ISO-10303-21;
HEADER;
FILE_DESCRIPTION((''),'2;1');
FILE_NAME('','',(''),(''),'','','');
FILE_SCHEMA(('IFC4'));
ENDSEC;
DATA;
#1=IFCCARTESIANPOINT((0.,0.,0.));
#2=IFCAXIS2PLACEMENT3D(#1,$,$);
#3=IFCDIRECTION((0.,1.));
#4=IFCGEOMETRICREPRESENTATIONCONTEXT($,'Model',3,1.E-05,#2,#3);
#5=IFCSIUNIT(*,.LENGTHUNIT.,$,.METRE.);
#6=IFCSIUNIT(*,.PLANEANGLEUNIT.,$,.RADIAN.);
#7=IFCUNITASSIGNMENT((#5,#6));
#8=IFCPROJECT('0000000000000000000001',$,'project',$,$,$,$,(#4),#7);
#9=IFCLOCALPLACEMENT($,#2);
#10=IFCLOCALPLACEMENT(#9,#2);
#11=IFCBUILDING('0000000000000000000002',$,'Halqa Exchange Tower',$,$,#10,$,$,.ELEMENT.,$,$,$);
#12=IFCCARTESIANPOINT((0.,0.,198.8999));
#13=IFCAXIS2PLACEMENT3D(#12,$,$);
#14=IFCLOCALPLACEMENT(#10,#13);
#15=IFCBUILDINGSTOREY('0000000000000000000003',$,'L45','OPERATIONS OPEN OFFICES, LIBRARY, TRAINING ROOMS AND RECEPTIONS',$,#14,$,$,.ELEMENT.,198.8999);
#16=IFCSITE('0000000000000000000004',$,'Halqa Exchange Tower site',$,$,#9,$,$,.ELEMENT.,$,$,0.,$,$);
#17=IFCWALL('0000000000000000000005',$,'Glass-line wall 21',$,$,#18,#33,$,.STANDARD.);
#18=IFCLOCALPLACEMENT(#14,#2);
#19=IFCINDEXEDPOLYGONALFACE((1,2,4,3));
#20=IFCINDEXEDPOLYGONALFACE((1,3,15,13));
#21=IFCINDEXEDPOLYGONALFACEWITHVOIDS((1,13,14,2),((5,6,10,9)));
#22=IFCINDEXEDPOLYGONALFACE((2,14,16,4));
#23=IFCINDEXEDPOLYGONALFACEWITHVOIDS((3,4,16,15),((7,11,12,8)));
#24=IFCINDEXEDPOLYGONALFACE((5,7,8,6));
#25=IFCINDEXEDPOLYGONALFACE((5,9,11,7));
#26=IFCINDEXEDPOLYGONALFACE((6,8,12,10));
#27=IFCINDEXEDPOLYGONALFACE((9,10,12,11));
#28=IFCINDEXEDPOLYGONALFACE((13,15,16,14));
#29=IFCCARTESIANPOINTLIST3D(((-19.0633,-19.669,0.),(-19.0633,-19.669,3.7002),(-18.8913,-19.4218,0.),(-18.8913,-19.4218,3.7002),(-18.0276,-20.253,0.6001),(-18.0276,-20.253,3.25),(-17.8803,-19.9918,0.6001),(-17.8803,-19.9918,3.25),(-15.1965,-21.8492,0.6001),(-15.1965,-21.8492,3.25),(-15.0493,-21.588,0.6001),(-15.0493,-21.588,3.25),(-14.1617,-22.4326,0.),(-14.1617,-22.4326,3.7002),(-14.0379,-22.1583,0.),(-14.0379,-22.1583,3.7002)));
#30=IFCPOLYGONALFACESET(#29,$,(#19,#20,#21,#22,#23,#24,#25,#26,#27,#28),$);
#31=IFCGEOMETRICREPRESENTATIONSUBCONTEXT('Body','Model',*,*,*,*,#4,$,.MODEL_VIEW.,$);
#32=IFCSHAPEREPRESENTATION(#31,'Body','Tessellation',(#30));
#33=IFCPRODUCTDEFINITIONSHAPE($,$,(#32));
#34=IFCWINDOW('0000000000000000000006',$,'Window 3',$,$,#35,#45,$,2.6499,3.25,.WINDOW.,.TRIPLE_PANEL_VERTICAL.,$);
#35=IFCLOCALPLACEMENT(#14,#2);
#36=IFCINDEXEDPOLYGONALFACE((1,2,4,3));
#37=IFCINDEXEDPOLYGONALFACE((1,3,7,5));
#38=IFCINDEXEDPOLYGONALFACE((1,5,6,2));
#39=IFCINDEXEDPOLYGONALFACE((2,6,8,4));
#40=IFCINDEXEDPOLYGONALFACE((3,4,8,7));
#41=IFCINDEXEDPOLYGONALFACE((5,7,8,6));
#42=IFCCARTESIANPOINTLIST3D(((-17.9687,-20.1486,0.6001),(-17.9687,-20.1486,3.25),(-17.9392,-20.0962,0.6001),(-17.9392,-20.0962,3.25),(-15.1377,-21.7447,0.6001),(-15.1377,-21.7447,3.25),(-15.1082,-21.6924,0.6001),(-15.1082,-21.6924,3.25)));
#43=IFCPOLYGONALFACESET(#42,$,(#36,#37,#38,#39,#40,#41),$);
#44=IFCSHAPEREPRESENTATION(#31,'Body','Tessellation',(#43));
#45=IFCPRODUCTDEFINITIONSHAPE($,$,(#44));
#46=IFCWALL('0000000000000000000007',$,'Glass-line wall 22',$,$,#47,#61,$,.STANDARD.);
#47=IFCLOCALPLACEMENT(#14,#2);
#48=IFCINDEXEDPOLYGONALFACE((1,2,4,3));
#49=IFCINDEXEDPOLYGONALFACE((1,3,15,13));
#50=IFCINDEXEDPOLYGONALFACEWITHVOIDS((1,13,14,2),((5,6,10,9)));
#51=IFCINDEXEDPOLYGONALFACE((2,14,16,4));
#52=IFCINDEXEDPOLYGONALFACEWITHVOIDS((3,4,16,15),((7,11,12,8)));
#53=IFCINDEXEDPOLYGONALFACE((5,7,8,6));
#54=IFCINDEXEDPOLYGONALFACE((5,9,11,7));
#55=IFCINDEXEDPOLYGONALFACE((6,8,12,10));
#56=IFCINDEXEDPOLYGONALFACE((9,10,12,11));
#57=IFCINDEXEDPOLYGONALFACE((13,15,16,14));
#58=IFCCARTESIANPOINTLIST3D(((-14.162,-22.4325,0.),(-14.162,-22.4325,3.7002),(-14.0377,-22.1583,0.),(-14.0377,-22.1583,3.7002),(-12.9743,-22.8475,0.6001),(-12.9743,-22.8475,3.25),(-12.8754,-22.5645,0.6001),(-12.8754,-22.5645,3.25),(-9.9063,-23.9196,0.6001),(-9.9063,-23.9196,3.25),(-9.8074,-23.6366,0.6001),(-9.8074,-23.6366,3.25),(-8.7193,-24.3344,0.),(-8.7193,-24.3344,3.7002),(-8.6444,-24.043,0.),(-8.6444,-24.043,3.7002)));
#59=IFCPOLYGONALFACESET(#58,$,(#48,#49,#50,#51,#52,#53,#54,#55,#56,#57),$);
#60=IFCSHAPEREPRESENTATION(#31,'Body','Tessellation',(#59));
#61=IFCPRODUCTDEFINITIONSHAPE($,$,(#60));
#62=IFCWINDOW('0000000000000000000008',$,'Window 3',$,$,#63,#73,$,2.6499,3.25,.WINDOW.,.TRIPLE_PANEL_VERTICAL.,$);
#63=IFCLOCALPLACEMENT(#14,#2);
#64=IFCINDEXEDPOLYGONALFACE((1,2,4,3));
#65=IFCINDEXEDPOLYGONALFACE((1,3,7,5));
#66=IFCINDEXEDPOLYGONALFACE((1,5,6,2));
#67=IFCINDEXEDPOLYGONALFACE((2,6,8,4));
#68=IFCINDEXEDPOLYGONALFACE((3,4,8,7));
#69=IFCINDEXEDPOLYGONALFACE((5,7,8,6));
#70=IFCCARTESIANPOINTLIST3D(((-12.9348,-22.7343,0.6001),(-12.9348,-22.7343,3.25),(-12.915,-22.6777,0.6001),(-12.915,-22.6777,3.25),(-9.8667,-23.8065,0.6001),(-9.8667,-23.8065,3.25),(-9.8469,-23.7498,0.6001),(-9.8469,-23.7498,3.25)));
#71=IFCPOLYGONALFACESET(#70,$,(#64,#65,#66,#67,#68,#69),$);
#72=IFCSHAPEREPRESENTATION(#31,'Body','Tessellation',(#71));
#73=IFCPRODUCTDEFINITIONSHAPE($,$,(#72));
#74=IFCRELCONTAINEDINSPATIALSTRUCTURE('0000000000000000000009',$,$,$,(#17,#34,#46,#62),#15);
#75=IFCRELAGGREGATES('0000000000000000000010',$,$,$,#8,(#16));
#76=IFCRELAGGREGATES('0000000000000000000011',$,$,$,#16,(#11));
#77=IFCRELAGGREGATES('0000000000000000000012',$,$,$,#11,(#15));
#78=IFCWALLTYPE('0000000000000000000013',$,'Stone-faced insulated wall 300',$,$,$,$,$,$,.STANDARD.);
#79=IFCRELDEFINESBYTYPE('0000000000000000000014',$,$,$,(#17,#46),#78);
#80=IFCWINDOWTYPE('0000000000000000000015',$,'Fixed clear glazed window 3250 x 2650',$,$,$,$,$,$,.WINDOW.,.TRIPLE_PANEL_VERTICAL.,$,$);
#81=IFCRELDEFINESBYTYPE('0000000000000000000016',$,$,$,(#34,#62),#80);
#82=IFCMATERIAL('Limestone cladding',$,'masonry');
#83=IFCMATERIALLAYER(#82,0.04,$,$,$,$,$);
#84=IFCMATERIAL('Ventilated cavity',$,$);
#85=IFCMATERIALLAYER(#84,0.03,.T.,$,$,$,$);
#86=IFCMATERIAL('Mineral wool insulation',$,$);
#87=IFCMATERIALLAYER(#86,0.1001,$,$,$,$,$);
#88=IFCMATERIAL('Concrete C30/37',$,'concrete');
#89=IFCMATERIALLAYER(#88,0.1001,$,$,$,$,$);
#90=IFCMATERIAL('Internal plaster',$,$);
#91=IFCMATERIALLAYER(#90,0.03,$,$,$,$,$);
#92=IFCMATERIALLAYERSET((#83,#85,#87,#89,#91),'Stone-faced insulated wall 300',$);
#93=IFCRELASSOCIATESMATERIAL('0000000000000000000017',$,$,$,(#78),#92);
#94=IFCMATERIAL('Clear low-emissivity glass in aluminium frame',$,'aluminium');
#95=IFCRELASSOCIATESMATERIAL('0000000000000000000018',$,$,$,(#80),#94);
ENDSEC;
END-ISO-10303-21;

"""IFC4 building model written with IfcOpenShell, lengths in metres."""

from ifc_helpers import new_model, si_unit, direction, frame, frame_2d, origin, place, context, subcontext, project, spatial, polyline, rectangle, outline, extrude, material, layer, layer_set, type_object, element, fill, save


model = new_model("IFC4")

# Units and contexts
model_context = context("Model", 3, precision=1e-05, world=origin(), true_north=direction((0.0, 1.0)))
body_context = subcontext(model_context, "Body", "Model", "MODEL_VIEW")
ifc_project = project(units=[si_unit("LENGTHUNIT", "METRE"), si_unit("PLANEANGLEUNIT", "RADIAN")], contexts=[model_context])

# Site, building, storey
site_placement = place(None, origin())
site = spatial("IfcSite", under=ifc_project, at=site_placement, Name="Halqa Exchange Tower site", CompositionType="ELEMENT", RefElevation=0.0)
building_placement = place(site_placement, origin())
building = spatial("IfcBuilding", under=site, at=building_placement, Name="Halqa Exchange Tower", CompositionType="ELEMENT")
storey_placement = place(building_placement, frame((0.0, 0.0, 198.8999)))
storey = spatial("IfcBuildingStorey", under=building, at=storey_placement, Name="L45", Description="OPERATIONS OPEN OFFICES, LIBRARY, TRAINING ROOMS AND RECEPTIONS", CompositionType="ELEMENT", Elevation=198.8999)

# Shared definitions
ifc_material_1 = material(Name="Limestone cladding", Category="masonry")
ifc_layer_1 = layer(ifc_material_1, 0.04)
ifc_material_2 = material(Name="Ventilated cavity")
ifc_layer_2 = layer(ifc_material_2, 0.03, ventilated=True)
ifc_material_3 = material(Name="Mineral wool insulation")
ifc_layer_3 = layer(ifc_material_3, 0.1001)
ifc_material_4 = material(Name="Concrete C30/37", Category="concrete")
ifc_layer_4 = layer(ifc_material_4, 0.1001)
ifc_material_5 = material(Name="Internal plaster")
ifc_layer_5 = layer(ifc_material_5, 0.03)
ifc_layer_set_1 = layer_set([ifc_layer_1, ifc_layer_2, ifc_layer_3, ifc_layer_4, ifc_layer_5], Name="Stone-faced insulated wall 300")
wall_type_1 = type_object("IfcWallType", Name="Stone-faced insulated wall 300", PredefinedType="STANDARD", material=ifc_layer_set_1)
ifc_material_6 = material(Name="Clear low-emissivity glass in aluminium frame", Category="aluminium")

# Walls, openings, windows
wall_1_placement = place(storey_placement, frame((-18.9773, -19.5454, 0.0), z_axis=(0.0, 0.0, 1.0), x_axis=(0.871084, -0.491135, 0.0)))
wall_1 = element("IfcWall", 1, at=wall_1_placement, inside=storey, type_object=wall_type_1, Name="Glass-line wall 21", PredefinedType="STANDARD", context=body_context, shape_type="SweptSolid", body=[
    extrude(outline(polyline([(-0.0142, -0.1499), (5.6128, -0.1499), (5.5859, 0.1499), (0.0142, 0.1499), (-0.0142, -0.1499)])), origin(), (0.0, 0.0, 1.0), 3.7002),
])
opening_1_placement = place(wall_1_placement, frame((1.1748, 0.0, 0.6001)))
opening_1 = element("IfcOpeningElement", 2, at=opening_1_placement, cuts=wall_1, PredefinedType="OPENING", context=body_context, shape_type="SweptSolid", body=[
    extrude(rectangle(XDim=3.25, YDim=2.6499, at=frame_2d((1.625, 1.325))), frame((0.0, 0.1621, 0.0), z_axis=(0.0, -1.0, 0.0), x_axis=(1.0, 0.0, 0.0)), (0.0, 0.0, 1.0), 0.324),
])
window_type = type_object("IfcWindowType", Name="Fixed clear glazed window 3250 x 2650", PartitioningType="TRIPLE_PANEL_VERTICAL", PredefinedType="WINDOW", material=ifc_material_6)
window_1_placement = place(opening_1_placement, origin())
window_1 = element("IfcWindow", 3, at=window_1_placement, inside=storey, type_object=window_type, Name="Window 3", OverallHeight=2.6499, OverallWidth=3.25, PartitioningType="TRIPLE_PANEL_VERTICAL", PredefinedType="WINDOW", context=body_context, shape_type="SweptSolid", body=[
    extrude(rectangle(XDim=3.25, YDim=2.6499, at=frame_2d((1.625, 1.325))), frame((0.0, 0.03, 0.0), z_axis=(0.0, -1.0, 0.0), x_axis=(1.0, 0.0, 0.0)), (0.0, 0.0, 1.0), 0.0601),
])
fill(opening_1, window_1)
wall_2_placement = place(storey_placement, frame((-14.0999, -22.2954, 0.0), z_axis=(0.0, 0.0, 1.0), x_axis=(0.94402, -0.329888, 0.0)))
wall_2 = element("IfcWall", 4, at=wall_2_placement, inside=storey, type_object=wall_type_1, Name="Glass-line wall 22", PredefinedType="STANDARD", context=body_context, shape_type="SweptSolid", body=[
    extrude(outline(polyline([(-0.0134, -0.1499), (5.752, -0.1499), (5.7266, 0.1499), (0.0134, 0.1499), (-0.0134, -0.1499)])), origin(), (0.0, 0.0, 1.0), 3.7002),
])
opening_2_placement = place(wall_2_placement, frame((1.2446, 0.0, 0.6001)))
opening_2 = element("IfcOpeningElement", 5, at=opening_2_placement, cuts=wall_2, PredefinedType="OPENING", context=body_context, shape_type="SweptSolid", body=[
    extrude(rectangle(XDim=3.25, YDim=2.6499, at=frame_2d((1.625, 1.325))), frame((0.0, 0.1621, 0.0), z_axis=(0.0, -1.0, 0.0), x_axis=(1.0, 0.0, 0.0)), (0.0, 0.0, 1.0), 0.324),
])
window_2_placement = place(opening_2_placement, origin())
window_2 = element("IfcWindow", 6, at=window_2_placement, inside=storey, type_object=window_type, Name="Window 3", OverallHeight=2.6499, OverallWidth=3.25, PartitioningType="TRIPLE_PANEL_VERTICAL", PredefinedType="WINDOW", context=body_context, shape_type="SweptSolid", body=[
    extrude(rectangle(XDim=3.25, YDim=2.6499, at=frame_2d((1.625, 1.325))), frame((0.0, 0.03, 0.0), z_axis=(0.0, -1.0, 0.0), x_axis=(1.0, 0.0, 0.0)), (0.0, 0.0, 1.0), 0.0601),
])
fill(opening_2, window_2)

save(model, "model.ifc")
